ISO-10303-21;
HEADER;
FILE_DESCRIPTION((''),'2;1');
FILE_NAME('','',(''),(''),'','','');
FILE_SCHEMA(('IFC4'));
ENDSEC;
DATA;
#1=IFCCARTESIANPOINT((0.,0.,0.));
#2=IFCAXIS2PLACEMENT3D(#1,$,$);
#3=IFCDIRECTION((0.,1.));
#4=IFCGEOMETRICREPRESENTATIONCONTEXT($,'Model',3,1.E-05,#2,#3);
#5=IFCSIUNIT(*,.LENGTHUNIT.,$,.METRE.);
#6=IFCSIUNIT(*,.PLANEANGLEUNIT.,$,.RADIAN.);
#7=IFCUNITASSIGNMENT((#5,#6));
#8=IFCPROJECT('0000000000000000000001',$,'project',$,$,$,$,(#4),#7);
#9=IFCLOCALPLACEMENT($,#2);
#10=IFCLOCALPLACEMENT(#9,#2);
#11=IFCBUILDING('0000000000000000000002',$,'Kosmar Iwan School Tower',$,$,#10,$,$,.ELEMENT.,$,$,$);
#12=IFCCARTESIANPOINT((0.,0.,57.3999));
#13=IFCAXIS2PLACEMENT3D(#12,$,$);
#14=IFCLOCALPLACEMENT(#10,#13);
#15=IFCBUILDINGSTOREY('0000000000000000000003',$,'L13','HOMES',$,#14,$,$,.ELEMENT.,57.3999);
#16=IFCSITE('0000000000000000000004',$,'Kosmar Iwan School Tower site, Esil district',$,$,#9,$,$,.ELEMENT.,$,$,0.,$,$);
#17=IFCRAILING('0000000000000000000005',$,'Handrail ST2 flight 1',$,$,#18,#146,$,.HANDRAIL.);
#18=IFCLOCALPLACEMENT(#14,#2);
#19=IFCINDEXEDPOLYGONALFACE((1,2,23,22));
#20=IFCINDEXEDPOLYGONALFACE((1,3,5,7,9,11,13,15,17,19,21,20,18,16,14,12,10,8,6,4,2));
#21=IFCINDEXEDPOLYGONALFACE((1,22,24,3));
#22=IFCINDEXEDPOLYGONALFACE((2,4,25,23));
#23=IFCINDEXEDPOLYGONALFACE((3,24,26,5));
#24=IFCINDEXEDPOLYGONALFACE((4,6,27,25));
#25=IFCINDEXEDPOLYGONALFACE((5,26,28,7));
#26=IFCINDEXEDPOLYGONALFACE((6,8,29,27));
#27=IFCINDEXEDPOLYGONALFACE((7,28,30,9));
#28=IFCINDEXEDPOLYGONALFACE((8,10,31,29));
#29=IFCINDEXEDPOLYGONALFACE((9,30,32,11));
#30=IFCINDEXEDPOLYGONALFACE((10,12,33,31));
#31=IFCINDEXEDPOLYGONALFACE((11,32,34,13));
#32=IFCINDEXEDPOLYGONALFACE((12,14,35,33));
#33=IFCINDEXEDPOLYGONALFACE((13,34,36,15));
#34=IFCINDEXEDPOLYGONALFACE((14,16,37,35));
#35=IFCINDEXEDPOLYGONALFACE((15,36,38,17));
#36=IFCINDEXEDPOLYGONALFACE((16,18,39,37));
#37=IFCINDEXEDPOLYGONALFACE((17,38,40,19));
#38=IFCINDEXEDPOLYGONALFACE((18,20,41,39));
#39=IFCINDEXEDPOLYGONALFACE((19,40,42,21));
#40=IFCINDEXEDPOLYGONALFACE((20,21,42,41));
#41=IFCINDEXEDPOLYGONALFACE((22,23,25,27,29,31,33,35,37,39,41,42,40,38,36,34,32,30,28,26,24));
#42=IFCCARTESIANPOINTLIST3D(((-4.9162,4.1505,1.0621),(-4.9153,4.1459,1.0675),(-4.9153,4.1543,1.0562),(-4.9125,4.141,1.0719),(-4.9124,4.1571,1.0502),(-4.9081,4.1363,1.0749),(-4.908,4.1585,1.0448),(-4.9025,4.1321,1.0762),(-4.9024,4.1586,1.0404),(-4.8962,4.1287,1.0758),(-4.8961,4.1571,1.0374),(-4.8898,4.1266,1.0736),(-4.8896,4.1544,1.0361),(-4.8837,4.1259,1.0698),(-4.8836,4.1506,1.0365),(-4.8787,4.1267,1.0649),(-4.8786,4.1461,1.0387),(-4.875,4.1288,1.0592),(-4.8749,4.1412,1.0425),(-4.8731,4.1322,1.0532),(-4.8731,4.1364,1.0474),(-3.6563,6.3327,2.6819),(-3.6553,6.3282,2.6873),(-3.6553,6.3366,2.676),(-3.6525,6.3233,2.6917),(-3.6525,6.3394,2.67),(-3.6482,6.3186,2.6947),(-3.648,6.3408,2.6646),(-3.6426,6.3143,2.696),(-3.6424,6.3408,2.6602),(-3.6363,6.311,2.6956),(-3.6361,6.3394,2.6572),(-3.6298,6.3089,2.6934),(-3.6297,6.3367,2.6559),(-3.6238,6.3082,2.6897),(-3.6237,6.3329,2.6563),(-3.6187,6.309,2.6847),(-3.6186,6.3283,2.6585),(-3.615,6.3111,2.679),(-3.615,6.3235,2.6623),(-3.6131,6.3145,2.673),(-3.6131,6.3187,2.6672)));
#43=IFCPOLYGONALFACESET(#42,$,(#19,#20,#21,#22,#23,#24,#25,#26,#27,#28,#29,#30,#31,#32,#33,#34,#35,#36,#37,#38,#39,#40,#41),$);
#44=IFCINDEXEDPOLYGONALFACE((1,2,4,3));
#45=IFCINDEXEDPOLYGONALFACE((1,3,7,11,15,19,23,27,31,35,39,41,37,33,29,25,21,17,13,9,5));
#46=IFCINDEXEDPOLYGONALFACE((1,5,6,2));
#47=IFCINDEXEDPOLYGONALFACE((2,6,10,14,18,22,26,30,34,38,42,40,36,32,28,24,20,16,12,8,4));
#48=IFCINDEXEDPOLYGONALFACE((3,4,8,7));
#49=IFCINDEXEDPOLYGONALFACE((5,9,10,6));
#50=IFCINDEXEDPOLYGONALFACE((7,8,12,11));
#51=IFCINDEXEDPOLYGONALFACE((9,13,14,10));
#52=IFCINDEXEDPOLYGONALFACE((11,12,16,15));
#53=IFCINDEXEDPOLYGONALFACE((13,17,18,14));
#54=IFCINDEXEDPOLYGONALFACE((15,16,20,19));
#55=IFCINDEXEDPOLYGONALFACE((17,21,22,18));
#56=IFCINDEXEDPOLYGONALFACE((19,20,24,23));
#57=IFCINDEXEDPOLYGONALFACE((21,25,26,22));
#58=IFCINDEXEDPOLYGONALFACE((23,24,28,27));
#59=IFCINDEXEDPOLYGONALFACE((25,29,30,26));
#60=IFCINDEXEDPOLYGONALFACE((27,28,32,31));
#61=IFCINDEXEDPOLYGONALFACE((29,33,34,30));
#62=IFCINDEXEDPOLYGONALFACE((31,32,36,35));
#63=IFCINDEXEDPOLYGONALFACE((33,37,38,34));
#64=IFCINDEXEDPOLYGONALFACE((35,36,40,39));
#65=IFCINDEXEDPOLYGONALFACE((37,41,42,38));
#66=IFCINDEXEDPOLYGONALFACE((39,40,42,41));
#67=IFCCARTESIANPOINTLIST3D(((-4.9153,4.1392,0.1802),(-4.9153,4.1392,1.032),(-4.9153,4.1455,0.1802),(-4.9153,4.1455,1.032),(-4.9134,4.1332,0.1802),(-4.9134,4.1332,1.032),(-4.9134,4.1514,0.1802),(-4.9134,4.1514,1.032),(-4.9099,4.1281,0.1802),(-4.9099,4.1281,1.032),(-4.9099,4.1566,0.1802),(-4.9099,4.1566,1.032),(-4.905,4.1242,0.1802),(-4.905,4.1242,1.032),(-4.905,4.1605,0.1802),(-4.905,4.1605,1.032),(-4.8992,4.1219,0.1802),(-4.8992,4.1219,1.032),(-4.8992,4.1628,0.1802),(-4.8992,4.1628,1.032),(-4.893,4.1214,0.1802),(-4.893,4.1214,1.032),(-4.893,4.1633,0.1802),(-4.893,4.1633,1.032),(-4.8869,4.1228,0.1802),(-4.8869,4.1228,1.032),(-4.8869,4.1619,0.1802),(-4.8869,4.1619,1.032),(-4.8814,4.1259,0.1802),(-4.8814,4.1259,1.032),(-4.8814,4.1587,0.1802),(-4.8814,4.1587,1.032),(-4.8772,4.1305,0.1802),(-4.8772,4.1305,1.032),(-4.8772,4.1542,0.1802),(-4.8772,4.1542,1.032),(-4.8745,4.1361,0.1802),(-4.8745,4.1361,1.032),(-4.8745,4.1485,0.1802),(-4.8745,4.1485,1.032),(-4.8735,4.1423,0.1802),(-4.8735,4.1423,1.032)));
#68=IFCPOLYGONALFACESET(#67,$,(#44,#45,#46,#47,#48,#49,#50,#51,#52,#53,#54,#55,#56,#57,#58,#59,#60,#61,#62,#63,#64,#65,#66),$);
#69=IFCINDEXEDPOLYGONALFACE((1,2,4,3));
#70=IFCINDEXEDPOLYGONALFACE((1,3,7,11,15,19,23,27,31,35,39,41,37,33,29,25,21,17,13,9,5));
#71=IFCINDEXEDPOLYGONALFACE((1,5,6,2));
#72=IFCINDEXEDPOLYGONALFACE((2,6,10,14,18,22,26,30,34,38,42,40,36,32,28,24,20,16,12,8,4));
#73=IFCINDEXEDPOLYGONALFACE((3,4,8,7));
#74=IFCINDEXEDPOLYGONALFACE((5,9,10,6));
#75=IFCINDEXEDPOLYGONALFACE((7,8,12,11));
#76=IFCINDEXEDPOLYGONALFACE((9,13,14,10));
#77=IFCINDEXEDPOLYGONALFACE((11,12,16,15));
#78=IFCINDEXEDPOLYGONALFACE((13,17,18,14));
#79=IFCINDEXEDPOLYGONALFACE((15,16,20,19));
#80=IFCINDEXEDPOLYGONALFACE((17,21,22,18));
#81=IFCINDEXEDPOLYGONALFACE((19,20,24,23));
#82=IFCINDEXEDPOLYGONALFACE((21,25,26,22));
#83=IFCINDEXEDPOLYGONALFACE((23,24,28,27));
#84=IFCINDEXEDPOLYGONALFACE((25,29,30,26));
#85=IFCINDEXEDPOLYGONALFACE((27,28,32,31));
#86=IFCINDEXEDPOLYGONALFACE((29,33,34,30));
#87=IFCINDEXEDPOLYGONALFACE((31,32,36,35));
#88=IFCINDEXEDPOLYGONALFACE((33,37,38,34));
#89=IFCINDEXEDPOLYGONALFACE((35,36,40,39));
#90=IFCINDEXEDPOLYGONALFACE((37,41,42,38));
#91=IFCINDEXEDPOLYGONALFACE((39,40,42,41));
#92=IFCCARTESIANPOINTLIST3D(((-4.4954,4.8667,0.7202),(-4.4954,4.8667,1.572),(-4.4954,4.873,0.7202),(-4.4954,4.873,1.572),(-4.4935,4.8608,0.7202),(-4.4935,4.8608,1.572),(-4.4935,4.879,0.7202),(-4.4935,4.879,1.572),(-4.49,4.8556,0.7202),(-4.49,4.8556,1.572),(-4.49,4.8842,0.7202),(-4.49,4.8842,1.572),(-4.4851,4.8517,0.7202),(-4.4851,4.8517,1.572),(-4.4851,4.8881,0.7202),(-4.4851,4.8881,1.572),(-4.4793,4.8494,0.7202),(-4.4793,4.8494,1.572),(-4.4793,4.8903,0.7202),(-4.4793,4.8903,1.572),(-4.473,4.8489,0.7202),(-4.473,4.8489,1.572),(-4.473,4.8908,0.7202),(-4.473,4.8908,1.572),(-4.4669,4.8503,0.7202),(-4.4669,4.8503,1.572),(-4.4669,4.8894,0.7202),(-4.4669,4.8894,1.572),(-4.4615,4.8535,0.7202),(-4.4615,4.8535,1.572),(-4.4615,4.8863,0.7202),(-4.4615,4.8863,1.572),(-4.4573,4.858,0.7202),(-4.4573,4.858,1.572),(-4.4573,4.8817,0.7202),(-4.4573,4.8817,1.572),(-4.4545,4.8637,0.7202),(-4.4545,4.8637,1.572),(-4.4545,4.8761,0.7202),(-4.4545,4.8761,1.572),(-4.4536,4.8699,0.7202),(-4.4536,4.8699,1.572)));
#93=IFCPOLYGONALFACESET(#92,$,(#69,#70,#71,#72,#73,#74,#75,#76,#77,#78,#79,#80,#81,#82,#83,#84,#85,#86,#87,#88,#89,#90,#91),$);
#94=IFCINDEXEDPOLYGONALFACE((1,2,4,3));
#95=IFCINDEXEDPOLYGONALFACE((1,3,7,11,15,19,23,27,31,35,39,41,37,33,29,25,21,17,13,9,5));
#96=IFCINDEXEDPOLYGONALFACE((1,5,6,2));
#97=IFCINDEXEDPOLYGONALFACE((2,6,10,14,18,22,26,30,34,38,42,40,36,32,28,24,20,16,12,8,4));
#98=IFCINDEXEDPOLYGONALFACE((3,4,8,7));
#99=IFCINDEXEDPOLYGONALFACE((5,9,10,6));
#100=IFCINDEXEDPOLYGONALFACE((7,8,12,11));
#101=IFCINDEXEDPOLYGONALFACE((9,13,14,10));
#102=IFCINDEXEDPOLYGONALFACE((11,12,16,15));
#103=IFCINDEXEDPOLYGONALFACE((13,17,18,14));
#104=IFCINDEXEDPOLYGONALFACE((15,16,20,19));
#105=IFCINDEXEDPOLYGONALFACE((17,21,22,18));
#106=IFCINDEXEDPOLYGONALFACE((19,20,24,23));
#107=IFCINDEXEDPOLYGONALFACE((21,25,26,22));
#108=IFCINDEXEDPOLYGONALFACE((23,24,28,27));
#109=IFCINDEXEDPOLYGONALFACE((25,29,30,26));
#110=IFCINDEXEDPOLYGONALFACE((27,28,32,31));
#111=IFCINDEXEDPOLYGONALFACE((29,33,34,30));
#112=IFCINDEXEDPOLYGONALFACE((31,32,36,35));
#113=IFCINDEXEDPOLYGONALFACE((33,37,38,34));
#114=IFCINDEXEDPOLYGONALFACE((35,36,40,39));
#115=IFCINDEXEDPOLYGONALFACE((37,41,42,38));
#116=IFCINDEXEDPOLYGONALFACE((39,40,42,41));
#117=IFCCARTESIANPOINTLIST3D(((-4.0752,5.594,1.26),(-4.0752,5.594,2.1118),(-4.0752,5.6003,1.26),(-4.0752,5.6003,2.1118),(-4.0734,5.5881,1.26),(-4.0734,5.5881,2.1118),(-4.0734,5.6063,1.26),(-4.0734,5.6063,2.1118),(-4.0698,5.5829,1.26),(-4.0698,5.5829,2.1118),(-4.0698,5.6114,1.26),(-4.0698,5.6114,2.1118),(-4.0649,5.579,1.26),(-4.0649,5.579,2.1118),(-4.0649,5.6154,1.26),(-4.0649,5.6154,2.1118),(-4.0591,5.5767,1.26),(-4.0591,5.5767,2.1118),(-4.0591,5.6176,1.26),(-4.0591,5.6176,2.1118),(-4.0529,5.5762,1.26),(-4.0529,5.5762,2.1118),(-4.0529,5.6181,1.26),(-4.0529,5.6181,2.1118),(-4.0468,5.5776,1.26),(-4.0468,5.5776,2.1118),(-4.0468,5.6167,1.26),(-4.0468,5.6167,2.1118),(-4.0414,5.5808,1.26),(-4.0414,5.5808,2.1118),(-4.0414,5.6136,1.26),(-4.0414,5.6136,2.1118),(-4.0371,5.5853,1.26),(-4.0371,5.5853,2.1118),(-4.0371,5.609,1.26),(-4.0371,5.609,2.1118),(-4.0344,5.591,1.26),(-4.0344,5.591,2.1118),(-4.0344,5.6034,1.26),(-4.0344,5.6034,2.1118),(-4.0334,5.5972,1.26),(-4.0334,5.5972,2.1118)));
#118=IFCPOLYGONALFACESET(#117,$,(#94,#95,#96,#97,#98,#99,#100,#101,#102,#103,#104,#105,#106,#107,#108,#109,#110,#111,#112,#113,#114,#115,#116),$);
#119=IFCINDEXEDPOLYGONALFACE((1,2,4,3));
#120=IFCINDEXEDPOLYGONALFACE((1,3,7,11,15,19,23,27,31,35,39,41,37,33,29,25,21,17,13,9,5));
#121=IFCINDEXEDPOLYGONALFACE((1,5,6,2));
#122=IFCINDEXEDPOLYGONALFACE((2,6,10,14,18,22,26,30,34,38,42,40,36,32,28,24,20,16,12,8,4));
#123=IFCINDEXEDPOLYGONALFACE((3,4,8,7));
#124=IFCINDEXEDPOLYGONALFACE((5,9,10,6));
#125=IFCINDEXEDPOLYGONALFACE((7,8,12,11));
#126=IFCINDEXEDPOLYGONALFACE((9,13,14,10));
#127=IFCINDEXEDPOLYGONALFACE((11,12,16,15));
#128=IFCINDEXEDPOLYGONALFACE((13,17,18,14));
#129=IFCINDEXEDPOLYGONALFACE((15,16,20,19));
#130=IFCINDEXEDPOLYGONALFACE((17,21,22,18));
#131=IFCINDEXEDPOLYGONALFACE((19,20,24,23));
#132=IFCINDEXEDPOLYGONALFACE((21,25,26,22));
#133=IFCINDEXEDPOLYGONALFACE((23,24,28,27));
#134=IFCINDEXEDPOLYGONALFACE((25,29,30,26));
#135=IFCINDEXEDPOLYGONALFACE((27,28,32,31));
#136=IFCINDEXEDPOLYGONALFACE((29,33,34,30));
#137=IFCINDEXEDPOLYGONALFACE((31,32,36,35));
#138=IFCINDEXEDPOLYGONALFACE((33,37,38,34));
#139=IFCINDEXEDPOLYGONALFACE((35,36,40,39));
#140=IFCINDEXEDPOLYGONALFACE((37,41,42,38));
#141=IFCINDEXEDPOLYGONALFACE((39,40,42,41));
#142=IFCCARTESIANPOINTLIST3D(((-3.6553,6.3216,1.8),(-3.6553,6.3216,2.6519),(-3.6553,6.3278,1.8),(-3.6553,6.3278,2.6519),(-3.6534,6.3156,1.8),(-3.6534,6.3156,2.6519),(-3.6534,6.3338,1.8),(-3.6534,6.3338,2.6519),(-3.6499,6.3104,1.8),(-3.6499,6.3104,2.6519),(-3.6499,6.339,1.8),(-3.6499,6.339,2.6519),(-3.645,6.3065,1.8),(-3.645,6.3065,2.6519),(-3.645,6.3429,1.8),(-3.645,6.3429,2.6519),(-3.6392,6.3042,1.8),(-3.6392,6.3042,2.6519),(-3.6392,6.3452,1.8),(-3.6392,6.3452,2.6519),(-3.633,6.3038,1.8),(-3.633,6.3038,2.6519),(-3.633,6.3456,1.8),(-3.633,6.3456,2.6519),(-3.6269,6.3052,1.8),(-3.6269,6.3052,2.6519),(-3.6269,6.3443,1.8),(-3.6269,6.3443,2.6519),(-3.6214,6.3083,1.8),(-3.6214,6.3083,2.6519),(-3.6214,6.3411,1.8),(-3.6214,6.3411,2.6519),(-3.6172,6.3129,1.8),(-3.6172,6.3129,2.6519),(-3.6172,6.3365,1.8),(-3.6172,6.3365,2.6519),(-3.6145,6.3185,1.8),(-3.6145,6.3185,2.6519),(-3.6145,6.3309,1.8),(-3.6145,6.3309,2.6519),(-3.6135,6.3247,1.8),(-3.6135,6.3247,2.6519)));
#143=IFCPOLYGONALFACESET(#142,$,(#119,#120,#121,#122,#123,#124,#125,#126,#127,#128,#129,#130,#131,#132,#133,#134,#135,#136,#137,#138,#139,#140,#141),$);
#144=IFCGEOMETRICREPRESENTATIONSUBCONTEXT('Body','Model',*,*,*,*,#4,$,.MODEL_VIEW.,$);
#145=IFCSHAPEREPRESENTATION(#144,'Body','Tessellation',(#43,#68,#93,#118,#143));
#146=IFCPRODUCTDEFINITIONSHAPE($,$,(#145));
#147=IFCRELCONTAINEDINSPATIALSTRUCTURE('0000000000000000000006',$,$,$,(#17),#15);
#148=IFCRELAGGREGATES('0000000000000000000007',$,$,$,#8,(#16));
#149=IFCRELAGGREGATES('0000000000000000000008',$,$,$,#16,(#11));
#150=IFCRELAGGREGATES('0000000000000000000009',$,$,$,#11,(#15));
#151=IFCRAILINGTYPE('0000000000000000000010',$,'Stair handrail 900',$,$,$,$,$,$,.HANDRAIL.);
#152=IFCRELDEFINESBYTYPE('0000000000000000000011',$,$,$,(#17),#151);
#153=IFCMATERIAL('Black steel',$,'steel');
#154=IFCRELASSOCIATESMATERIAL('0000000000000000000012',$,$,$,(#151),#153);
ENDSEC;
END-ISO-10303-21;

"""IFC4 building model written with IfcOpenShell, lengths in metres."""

from ifc_helpers import new_model, si_unit, direction, frame, origin, origin_2d, place, context, subcontext, project, spatial, circle, extrude, material, type_object, element, save


model = new_model("IFC4")

# Units and contexts
model_context = context("Model", 3, precision=1e-05, world=origin(), true_north=direction((0.0, 1.0)))
body_context = subcontext(model_context, "Body", "Model", "MODEL_VIEW")
ifc_project = project(units=[si_unit("LENGTHUNIT", "METRE"), si_unit("PLANEANGLEUNIT", "RADIAN")], contexts=[model_context])

# Site, building, storey
site_placement = place(None, origin())
site = spatial("IfcSite", under=ifc_project, at=site_placement, Name="Kosmar Iwan School Tower site, Esil district", CompositionType="ELEMENT", RefElevation=0.0)
building_placement = place(site_placement, origin())
building = spatial("IfcBuilding", under=site, at=building_placement, Name="Kosmar Iwan School Tower", CompositionType="ELEMENT")
storey_placement = place(building_placement, frame((0.0, 0.0, 57.3999)))
storey = spatial("IfcBuildingStorey", under=building, at=storey_placement, Name="L13", Description="HOMES", CompositionType="ELEMENT", Elevation=57.3999)

# Railing
ifc_material_1 = material(Name="Black steel", Category="steel")
railing_type = type_object("IfcRailingType", Name="Stair handrail 900", PredefinedType="HANDRAIL", material=ifc_material_1)
railing_placement = place(storey_placement, frame((-4.8945, 4.1423, 0.1802)))
element("IfcRailing", 1, at=railing_placement, inside=storey, type_object=railing_type, Name="Handrail ST2 flight 1", PredefinedType="HANDRAIL", context=body_context, shape_type="SweptSolid", body=[
    extrude(circle(Radius=0.0239, at=origin_2d()), frame((0.0, 0.0, 0.876), z_axis=(0.420603, 0.728496, 0.540728), x_axis=(-0.866023, 0.500005, 0.0)), (0.0, 0.0, 1.0), 2.9956),
    extrude(circle(Radius=0.021, at=origin_2d()), origin(), (0.0, 0.0, 1.0), 0.8518),
    extrude(circle(Radius=0.021, at=origin_2d()), frame((0.4199, 0.7275, 0.54)), (0.0, 0.0, 1.0), 0.8518),
    extrude(circle(Radius=0.021, at=origin_2d()), frame((0.8401, 1.4548, 1.0798)), (0.0, 0.0, 1.0), 0.8518),
    extrude(circle(Radius=0.021, at=origin_2d()), frame((1.26, 2.1824, 1.6199)), (0.0, 0.0, 1.0), 0.8518),
])

save(model, "model.ifc")
